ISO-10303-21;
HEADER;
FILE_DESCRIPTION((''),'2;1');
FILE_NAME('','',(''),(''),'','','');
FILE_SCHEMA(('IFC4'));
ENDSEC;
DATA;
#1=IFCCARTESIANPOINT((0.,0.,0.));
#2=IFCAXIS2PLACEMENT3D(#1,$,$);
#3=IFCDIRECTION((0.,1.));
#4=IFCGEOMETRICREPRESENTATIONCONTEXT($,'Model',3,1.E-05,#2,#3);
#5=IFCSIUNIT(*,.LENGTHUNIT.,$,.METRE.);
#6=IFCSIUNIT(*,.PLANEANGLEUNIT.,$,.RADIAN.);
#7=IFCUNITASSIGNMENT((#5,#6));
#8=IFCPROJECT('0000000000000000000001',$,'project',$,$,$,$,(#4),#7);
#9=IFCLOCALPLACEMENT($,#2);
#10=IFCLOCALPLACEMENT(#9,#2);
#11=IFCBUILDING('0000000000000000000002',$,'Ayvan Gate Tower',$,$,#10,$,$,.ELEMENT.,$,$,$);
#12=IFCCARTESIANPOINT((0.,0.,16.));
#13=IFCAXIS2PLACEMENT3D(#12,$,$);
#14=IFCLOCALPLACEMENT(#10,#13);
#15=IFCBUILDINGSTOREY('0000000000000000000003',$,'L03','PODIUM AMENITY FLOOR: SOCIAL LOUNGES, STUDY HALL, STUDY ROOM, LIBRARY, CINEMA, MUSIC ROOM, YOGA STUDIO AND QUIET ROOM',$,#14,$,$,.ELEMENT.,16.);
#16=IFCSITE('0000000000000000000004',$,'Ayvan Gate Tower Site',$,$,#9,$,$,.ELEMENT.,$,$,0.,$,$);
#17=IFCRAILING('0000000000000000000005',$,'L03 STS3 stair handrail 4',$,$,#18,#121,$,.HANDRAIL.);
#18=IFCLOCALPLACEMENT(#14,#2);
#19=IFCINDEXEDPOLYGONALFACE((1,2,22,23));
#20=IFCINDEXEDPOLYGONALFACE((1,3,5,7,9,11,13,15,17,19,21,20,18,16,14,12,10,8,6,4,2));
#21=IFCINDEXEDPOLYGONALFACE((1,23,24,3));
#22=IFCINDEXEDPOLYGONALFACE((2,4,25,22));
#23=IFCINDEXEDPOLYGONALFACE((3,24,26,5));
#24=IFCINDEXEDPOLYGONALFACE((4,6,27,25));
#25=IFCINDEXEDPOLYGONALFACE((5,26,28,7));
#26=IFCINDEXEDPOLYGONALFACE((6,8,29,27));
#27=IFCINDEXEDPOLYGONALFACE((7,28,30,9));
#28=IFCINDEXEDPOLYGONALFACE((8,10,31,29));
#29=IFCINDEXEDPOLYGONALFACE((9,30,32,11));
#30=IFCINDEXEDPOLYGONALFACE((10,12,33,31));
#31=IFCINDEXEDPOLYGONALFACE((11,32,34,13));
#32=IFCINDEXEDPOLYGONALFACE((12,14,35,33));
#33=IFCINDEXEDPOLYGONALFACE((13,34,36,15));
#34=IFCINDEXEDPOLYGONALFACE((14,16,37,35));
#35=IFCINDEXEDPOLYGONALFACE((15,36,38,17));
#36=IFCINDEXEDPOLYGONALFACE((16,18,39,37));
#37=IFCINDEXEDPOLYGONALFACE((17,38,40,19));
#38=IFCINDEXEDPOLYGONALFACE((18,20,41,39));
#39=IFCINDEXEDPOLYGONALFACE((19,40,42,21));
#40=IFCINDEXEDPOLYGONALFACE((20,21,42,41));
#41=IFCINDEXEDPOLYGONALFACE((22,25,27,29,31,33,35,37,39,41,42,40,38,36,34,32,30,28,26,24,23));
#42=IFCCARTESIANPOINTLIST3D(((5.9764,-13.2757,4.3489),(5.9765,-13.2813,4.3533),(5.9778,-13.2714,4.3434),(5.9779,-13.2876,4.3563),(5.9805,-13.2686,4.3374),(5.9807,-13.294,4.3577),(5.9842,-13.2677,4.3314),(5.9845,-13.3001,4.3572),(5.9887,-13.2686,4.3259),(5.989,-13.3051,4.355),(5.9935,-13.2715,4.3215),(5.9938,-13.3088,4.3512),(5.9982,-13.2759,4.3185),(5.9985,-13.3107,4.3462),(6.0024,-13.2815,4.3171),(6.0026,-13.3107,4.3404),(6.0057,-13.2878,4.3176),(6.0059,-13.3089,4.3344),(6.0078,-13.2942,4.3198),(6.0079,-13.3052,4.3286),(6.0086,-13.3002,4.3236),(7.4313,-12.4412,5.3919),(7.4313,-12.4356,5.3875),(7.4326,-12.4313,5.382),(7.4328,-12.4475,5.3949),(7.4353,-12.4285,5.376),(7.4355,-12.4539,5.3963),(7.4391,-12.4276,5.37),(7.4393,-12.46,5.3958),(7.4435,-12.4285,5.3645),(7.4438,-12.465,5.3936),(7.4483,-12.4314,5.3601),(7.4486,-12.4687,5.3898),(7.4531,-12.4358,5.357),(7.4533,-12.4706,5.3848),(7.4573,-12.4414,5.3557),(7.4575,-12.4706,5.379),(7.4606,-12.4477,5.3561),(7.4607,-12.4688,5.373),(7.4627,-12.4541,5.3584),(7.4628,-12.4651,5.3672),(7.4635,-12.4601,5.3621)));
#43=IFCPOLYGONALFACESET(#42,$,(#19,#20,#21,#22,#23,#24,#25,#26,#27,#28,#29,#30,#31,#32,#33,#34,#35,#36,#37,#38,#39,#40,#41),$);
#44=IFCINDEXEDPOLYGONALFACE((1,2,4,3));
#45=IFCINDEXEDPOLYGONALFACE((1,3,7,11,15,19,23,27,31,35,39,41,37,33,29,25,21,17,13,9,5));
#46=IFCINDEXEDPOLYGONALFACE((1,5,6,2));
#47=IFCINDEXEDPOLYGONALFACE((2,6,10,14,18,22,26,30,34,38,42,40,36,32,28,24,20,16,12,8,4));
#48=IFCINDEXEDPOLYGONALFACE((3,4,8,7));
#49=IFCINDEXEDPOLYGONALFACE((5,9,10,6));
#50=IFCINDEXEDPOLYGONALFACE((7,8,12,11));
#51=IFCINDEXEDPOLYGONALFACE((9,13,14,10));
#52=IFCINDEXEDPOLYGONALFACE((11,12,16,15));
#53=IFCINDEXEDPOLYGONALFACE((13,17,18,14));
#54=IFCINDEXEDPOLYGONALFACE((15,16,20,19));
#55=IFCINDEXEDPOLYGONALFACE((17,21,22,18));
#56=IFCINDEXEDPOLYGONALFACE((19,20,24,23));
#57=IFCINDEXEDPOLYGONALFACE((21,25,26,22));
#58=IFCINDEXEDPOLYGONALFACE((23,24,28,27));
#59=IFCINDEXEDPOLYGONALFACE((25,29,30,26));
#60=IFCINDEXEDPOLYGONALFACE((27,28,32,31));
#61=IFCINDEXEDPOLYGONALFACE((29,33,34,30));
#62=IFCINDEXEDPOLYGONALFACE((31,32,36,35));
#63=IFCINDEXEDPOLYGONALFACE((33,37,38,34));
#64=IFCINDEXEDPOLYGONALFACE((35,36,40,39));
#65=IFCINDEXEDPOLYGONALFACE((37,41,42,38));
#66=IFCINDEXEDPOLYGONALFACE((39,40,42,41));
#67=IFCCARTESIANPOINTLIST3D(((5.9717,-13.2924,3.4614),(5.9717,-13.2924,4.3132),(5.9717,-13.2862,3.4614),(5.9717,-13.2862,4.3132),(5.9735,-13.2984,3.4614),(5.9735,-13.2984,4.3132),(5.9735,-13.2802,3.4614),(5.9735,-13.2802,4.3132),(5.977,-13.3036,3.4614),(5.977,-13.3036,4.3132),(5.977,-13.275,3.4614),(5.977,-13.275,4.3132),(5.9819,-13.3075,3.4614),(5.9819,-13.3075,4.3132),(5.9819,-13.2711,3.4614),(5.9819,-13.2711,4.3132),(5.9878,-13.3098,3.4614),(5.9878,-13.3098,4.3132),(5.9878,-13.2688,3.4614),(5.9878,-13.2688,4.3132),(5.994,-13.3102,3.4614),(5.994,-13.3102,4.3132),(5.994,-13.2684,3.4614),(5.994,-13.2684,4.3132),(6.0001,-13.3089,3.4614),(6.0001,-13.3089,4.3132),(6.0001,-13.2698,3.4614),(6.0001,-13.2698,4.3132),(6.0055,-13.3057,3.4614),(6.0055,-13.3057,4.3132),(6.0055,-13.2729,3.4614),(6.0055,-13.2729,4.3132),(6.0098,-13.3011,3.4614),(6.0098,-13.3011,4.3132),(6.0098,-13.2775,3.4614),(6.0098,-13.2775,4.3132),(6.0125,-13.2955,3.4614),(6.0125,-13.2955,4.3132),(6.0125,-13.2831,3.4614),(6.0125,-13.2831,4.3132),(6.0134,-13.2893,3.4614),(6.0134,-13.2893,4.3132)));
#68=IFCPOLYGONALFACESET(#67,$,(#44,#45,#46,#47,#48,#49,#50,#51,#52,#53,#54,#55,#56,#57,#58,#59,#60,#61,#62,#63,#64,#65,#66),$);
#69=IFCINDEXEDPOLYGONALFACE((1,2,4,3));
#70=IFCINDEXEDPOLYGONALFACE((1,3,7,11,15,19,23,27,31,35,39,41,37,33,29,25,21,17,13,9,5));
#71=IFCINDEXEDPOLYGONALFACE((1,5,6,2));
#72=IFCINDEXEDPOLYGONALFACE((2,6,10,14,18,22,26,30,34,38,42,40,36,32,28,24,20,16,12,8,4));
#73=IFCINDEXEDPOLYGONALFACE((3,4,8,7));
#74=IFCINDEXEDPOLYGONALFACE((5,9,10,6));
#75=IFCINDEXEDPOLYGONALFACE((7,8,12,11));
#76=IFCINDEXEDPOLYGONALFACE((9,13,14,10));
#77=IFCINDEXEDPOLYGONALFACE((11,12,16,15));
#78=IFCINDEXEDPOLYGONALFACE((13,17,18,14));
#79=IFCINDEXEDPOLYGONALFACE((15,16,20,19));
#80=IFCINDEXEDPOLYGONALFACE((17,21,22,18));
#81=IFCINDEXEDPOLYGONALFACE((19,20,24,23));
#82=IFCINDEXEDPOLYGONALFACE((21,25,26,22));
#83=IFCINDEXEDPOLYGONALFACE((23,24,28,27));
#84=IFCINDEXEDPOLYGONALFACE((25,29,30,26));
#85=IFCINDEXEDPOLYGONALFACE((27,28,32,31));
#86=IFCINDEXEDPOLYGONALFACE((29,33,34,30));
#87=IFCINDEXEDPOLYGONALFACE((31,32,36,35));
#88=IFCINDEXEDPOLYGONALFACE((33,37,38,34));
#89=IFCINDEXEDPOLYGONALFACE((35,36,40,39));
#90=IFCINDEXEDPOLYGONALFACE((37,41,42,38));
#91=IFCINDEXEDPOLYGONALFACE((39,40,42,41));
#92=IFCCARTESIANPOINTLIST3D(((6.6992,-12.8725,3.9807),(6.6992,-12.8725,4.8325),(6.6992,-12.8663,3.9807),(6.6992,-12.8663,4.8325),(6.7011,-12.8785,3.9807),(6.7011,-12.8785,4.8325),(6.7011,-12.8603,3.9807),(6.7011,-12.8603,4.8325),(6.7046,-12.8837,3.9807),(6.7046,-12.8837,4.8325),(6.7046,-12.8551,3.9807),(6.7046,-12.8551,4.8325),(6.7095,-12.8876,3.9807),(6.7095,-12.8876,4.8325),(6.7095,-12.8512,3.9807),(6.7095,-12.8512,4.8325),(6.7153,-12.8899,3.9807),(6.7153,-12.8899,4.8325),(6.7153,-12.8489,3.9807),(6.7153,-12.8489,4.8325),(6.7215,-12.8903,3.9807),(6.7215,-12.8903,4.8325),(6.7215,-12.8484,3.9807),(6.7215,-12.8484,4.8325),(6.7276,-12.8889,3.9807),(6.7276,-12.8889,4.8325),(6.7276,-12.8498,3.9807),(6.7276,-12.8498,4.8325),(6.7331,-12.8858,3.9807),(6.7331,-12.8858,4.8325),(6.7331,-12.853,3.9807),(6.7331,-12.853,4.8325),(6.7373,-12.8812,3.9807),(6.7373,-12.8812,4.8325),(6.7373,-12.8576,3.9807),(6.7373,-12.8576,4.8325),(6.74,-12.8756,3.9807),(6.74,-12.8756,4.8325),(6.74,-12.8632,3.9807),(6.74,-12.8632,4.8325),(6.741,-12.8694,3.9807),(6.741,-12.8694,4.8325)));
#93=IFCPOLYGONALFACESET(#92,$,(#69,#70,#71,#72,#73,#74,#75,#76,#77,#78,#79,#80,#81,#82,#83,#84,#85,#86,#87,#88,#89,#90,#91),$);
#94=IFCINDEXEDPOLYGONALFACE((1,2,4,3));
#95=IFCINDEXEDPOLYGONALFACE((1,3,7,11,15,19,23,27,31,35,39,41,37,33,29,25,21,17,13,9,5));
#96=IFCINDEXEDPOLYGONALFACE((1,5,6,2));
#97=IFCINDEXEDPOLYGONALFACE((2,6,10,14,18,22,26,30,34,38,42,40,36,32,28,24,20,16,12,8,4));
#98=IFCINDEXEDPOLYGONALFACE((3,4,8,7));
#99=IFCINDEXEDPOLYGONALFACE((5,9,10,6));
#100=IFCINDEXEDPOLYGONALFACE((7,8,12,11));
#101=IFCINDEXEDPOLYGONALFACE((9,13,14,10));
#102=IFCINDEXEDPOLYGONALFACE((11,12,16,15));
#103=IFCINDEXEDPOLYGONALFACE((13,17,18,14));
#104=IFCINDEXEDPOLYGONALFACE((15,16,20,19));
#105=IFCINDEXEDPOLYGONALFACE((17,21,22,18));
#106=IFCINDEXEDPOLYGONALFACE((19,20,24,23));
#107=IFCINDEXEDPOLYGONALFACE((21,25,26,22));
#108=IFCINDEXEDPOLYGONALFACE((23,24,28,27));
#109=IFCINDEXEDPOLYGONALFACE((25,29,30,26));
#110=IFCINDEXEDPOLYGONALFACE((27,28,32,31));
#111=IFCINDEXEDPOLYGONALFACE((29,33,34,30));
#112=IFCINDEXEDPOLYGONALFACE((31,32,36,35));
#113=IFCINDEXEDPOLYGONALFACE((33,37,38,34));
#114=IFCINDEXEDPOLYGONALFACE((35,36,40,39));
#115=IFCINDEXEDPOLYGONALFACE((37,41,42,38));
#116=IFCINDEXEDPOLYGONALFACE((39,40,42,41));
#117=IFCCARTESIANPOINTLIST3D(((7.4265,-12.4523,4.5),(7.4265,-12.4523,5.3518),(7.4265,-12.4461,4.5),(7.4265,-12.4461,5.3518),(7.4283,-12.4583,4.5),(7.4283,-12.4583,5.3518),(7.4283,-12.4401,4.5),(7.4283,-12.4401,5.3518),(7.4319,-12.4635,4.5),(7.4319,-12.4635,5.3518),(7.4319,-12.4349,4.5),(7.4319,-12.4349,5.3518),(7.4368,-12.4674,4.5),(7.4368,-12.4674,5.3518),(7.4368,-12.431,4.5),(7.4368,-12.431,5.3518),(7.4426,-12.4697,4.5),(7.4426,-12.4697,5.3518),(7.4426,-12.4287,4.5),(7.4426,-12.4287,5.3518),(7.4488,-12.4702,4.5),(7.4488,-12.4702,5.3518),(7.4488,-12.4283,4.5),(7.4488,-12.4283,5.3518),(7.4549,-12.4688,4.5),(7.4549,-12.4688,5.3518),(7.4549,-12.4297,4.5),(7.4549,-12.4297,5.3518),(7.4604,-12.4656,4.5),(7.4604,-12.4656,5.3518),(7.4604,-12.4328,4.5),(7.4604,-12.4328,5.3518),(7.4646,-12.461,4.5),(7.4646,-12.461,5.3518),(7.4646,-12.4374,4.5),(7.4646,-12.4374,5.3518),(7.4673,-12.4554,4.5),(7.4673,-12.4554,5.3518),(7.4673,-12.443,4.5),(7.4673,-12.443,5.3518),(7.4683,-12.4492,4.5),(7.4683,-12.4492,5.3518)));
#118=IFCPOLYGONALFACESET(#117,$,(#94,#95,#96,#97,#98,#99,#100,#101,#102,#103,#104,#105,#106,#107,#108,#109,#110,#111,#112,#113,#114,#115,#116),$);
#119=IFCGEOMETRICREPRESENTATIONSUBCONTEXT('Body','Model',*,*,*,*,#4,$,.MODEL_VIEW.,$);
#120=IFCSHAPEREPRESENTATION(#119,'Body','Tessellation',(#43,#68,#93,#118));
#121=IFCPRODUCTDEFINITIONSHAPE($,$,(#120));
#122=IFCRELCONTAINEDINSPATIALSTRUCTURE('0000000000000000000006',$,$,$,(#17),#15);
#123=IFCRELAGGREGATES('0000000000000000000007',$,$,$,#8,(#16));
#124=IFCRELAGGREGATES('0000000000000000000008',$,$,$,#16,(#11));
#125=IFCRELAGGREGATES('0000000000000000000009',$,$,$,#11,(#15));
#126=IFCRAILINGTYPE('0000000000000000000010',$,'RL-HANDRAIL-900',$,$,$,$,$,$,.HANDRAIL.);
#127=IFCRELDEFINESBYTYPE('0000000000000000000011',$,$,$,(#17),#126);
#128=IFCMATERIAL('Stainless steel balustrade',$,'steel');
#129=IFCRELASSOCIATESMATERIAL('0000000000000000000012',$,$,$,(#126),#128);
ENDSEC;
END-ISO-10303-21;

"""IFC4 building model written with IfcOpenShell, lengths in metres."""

from ifc_helpers import new_model, si_unit, direction, frame, origin, origin_2d, place, context, subcontext, project, spatial, circle, extrude, material, type_object, element, save


model = new_model("IFC4")

# Units and contexts
model_context = context("Model", 3, precision=1e-05, world=origin(), true_north=direction((0.0, 1.0)))
body_context = subcontext(model_context, "Body", "Model", "MODEL_VIEW")
ifc_project = project(units=[si_unit("LENGTHUNIT", "METRE"), si_unit("PLANEANGLEUNIT", "RADIAN")], contexts=[model_context])

# Site, building, storey
site_placement = place(None, origin())
site = spatial("IfcSite", under=ifc_project, at=site_placement, Name="Ayvan Gate Tower Site", CompositionType="ELEMENT", RefElevation=0.0)
building_placement = place(site_placement, origin())
building = spatial("IfcBuilding", under=site, at=building_placement, Name="Ayvan Gate Tower", CompositionType="ELEMENT")
storey_placement = place(building_placement, frame((0.0, 0.0, 16.0)))
storey = spatial("IfcBuildingStorey", under=building, at=storey_placement, Name="L03", Description="PODIUM AMENITY FLOOR: SOCIAL LOUNGES, STUDY HALL, STUDY ROOM, LIBRARY, CINEMA, MUSIC ROOM, YOGA STUDIO AND QUIET ROOM", CompositionType="ELEMENT", Elevation=16.0)

# Railing
ifc_material_1 = material(Name="Stainless steel balustrade", Category="steel")
railing_type_1 = type_object("IfcRailingType", Name="RL-HANDRAIL-900", PredefinedType="HANDRAIL", material=ifc_material_1)
railing_1_placement = place(storey_placement, frame((5.9924, -13.2893, 3.4614)))
element("IfcRailing", 1, at=railing_1_placement, inside=storey, type_object=railing_type_1, Name="L03 STS3 stair handrail 4", PredefinedType="HANDRAIL", context=body_context, shape_type="SweptSolid", body=[
    extrude(circle(Radius=0.0239, at=origin_2d()), frame((0.0, 0.0, 0.876), z_axis=(0.736596, 0.425345, 0.52584), x_axis=(-0.500062, 0.86599, 0.0)), (0.0, 0.0, 1.0), 1.9751),
    extrude(circle(Radius=0.021, at=origin_2d()), origin(), (0.0, 0.0, 1.0), 0.8518),
    extrude(circle(Radius=0.021, at=origin_2d()), frame((0.7275, 0.4199, 0.5193)), (0.0, 0.0, 1.0), 0.8518),
    extrude(circle(Radius=0.021, at=origin_2d()), frame((1.4548, 0.8401, 1.0386)), (0.0, 0.0, 1.0), 0.8518),
])

save(model, "model.ifc")
